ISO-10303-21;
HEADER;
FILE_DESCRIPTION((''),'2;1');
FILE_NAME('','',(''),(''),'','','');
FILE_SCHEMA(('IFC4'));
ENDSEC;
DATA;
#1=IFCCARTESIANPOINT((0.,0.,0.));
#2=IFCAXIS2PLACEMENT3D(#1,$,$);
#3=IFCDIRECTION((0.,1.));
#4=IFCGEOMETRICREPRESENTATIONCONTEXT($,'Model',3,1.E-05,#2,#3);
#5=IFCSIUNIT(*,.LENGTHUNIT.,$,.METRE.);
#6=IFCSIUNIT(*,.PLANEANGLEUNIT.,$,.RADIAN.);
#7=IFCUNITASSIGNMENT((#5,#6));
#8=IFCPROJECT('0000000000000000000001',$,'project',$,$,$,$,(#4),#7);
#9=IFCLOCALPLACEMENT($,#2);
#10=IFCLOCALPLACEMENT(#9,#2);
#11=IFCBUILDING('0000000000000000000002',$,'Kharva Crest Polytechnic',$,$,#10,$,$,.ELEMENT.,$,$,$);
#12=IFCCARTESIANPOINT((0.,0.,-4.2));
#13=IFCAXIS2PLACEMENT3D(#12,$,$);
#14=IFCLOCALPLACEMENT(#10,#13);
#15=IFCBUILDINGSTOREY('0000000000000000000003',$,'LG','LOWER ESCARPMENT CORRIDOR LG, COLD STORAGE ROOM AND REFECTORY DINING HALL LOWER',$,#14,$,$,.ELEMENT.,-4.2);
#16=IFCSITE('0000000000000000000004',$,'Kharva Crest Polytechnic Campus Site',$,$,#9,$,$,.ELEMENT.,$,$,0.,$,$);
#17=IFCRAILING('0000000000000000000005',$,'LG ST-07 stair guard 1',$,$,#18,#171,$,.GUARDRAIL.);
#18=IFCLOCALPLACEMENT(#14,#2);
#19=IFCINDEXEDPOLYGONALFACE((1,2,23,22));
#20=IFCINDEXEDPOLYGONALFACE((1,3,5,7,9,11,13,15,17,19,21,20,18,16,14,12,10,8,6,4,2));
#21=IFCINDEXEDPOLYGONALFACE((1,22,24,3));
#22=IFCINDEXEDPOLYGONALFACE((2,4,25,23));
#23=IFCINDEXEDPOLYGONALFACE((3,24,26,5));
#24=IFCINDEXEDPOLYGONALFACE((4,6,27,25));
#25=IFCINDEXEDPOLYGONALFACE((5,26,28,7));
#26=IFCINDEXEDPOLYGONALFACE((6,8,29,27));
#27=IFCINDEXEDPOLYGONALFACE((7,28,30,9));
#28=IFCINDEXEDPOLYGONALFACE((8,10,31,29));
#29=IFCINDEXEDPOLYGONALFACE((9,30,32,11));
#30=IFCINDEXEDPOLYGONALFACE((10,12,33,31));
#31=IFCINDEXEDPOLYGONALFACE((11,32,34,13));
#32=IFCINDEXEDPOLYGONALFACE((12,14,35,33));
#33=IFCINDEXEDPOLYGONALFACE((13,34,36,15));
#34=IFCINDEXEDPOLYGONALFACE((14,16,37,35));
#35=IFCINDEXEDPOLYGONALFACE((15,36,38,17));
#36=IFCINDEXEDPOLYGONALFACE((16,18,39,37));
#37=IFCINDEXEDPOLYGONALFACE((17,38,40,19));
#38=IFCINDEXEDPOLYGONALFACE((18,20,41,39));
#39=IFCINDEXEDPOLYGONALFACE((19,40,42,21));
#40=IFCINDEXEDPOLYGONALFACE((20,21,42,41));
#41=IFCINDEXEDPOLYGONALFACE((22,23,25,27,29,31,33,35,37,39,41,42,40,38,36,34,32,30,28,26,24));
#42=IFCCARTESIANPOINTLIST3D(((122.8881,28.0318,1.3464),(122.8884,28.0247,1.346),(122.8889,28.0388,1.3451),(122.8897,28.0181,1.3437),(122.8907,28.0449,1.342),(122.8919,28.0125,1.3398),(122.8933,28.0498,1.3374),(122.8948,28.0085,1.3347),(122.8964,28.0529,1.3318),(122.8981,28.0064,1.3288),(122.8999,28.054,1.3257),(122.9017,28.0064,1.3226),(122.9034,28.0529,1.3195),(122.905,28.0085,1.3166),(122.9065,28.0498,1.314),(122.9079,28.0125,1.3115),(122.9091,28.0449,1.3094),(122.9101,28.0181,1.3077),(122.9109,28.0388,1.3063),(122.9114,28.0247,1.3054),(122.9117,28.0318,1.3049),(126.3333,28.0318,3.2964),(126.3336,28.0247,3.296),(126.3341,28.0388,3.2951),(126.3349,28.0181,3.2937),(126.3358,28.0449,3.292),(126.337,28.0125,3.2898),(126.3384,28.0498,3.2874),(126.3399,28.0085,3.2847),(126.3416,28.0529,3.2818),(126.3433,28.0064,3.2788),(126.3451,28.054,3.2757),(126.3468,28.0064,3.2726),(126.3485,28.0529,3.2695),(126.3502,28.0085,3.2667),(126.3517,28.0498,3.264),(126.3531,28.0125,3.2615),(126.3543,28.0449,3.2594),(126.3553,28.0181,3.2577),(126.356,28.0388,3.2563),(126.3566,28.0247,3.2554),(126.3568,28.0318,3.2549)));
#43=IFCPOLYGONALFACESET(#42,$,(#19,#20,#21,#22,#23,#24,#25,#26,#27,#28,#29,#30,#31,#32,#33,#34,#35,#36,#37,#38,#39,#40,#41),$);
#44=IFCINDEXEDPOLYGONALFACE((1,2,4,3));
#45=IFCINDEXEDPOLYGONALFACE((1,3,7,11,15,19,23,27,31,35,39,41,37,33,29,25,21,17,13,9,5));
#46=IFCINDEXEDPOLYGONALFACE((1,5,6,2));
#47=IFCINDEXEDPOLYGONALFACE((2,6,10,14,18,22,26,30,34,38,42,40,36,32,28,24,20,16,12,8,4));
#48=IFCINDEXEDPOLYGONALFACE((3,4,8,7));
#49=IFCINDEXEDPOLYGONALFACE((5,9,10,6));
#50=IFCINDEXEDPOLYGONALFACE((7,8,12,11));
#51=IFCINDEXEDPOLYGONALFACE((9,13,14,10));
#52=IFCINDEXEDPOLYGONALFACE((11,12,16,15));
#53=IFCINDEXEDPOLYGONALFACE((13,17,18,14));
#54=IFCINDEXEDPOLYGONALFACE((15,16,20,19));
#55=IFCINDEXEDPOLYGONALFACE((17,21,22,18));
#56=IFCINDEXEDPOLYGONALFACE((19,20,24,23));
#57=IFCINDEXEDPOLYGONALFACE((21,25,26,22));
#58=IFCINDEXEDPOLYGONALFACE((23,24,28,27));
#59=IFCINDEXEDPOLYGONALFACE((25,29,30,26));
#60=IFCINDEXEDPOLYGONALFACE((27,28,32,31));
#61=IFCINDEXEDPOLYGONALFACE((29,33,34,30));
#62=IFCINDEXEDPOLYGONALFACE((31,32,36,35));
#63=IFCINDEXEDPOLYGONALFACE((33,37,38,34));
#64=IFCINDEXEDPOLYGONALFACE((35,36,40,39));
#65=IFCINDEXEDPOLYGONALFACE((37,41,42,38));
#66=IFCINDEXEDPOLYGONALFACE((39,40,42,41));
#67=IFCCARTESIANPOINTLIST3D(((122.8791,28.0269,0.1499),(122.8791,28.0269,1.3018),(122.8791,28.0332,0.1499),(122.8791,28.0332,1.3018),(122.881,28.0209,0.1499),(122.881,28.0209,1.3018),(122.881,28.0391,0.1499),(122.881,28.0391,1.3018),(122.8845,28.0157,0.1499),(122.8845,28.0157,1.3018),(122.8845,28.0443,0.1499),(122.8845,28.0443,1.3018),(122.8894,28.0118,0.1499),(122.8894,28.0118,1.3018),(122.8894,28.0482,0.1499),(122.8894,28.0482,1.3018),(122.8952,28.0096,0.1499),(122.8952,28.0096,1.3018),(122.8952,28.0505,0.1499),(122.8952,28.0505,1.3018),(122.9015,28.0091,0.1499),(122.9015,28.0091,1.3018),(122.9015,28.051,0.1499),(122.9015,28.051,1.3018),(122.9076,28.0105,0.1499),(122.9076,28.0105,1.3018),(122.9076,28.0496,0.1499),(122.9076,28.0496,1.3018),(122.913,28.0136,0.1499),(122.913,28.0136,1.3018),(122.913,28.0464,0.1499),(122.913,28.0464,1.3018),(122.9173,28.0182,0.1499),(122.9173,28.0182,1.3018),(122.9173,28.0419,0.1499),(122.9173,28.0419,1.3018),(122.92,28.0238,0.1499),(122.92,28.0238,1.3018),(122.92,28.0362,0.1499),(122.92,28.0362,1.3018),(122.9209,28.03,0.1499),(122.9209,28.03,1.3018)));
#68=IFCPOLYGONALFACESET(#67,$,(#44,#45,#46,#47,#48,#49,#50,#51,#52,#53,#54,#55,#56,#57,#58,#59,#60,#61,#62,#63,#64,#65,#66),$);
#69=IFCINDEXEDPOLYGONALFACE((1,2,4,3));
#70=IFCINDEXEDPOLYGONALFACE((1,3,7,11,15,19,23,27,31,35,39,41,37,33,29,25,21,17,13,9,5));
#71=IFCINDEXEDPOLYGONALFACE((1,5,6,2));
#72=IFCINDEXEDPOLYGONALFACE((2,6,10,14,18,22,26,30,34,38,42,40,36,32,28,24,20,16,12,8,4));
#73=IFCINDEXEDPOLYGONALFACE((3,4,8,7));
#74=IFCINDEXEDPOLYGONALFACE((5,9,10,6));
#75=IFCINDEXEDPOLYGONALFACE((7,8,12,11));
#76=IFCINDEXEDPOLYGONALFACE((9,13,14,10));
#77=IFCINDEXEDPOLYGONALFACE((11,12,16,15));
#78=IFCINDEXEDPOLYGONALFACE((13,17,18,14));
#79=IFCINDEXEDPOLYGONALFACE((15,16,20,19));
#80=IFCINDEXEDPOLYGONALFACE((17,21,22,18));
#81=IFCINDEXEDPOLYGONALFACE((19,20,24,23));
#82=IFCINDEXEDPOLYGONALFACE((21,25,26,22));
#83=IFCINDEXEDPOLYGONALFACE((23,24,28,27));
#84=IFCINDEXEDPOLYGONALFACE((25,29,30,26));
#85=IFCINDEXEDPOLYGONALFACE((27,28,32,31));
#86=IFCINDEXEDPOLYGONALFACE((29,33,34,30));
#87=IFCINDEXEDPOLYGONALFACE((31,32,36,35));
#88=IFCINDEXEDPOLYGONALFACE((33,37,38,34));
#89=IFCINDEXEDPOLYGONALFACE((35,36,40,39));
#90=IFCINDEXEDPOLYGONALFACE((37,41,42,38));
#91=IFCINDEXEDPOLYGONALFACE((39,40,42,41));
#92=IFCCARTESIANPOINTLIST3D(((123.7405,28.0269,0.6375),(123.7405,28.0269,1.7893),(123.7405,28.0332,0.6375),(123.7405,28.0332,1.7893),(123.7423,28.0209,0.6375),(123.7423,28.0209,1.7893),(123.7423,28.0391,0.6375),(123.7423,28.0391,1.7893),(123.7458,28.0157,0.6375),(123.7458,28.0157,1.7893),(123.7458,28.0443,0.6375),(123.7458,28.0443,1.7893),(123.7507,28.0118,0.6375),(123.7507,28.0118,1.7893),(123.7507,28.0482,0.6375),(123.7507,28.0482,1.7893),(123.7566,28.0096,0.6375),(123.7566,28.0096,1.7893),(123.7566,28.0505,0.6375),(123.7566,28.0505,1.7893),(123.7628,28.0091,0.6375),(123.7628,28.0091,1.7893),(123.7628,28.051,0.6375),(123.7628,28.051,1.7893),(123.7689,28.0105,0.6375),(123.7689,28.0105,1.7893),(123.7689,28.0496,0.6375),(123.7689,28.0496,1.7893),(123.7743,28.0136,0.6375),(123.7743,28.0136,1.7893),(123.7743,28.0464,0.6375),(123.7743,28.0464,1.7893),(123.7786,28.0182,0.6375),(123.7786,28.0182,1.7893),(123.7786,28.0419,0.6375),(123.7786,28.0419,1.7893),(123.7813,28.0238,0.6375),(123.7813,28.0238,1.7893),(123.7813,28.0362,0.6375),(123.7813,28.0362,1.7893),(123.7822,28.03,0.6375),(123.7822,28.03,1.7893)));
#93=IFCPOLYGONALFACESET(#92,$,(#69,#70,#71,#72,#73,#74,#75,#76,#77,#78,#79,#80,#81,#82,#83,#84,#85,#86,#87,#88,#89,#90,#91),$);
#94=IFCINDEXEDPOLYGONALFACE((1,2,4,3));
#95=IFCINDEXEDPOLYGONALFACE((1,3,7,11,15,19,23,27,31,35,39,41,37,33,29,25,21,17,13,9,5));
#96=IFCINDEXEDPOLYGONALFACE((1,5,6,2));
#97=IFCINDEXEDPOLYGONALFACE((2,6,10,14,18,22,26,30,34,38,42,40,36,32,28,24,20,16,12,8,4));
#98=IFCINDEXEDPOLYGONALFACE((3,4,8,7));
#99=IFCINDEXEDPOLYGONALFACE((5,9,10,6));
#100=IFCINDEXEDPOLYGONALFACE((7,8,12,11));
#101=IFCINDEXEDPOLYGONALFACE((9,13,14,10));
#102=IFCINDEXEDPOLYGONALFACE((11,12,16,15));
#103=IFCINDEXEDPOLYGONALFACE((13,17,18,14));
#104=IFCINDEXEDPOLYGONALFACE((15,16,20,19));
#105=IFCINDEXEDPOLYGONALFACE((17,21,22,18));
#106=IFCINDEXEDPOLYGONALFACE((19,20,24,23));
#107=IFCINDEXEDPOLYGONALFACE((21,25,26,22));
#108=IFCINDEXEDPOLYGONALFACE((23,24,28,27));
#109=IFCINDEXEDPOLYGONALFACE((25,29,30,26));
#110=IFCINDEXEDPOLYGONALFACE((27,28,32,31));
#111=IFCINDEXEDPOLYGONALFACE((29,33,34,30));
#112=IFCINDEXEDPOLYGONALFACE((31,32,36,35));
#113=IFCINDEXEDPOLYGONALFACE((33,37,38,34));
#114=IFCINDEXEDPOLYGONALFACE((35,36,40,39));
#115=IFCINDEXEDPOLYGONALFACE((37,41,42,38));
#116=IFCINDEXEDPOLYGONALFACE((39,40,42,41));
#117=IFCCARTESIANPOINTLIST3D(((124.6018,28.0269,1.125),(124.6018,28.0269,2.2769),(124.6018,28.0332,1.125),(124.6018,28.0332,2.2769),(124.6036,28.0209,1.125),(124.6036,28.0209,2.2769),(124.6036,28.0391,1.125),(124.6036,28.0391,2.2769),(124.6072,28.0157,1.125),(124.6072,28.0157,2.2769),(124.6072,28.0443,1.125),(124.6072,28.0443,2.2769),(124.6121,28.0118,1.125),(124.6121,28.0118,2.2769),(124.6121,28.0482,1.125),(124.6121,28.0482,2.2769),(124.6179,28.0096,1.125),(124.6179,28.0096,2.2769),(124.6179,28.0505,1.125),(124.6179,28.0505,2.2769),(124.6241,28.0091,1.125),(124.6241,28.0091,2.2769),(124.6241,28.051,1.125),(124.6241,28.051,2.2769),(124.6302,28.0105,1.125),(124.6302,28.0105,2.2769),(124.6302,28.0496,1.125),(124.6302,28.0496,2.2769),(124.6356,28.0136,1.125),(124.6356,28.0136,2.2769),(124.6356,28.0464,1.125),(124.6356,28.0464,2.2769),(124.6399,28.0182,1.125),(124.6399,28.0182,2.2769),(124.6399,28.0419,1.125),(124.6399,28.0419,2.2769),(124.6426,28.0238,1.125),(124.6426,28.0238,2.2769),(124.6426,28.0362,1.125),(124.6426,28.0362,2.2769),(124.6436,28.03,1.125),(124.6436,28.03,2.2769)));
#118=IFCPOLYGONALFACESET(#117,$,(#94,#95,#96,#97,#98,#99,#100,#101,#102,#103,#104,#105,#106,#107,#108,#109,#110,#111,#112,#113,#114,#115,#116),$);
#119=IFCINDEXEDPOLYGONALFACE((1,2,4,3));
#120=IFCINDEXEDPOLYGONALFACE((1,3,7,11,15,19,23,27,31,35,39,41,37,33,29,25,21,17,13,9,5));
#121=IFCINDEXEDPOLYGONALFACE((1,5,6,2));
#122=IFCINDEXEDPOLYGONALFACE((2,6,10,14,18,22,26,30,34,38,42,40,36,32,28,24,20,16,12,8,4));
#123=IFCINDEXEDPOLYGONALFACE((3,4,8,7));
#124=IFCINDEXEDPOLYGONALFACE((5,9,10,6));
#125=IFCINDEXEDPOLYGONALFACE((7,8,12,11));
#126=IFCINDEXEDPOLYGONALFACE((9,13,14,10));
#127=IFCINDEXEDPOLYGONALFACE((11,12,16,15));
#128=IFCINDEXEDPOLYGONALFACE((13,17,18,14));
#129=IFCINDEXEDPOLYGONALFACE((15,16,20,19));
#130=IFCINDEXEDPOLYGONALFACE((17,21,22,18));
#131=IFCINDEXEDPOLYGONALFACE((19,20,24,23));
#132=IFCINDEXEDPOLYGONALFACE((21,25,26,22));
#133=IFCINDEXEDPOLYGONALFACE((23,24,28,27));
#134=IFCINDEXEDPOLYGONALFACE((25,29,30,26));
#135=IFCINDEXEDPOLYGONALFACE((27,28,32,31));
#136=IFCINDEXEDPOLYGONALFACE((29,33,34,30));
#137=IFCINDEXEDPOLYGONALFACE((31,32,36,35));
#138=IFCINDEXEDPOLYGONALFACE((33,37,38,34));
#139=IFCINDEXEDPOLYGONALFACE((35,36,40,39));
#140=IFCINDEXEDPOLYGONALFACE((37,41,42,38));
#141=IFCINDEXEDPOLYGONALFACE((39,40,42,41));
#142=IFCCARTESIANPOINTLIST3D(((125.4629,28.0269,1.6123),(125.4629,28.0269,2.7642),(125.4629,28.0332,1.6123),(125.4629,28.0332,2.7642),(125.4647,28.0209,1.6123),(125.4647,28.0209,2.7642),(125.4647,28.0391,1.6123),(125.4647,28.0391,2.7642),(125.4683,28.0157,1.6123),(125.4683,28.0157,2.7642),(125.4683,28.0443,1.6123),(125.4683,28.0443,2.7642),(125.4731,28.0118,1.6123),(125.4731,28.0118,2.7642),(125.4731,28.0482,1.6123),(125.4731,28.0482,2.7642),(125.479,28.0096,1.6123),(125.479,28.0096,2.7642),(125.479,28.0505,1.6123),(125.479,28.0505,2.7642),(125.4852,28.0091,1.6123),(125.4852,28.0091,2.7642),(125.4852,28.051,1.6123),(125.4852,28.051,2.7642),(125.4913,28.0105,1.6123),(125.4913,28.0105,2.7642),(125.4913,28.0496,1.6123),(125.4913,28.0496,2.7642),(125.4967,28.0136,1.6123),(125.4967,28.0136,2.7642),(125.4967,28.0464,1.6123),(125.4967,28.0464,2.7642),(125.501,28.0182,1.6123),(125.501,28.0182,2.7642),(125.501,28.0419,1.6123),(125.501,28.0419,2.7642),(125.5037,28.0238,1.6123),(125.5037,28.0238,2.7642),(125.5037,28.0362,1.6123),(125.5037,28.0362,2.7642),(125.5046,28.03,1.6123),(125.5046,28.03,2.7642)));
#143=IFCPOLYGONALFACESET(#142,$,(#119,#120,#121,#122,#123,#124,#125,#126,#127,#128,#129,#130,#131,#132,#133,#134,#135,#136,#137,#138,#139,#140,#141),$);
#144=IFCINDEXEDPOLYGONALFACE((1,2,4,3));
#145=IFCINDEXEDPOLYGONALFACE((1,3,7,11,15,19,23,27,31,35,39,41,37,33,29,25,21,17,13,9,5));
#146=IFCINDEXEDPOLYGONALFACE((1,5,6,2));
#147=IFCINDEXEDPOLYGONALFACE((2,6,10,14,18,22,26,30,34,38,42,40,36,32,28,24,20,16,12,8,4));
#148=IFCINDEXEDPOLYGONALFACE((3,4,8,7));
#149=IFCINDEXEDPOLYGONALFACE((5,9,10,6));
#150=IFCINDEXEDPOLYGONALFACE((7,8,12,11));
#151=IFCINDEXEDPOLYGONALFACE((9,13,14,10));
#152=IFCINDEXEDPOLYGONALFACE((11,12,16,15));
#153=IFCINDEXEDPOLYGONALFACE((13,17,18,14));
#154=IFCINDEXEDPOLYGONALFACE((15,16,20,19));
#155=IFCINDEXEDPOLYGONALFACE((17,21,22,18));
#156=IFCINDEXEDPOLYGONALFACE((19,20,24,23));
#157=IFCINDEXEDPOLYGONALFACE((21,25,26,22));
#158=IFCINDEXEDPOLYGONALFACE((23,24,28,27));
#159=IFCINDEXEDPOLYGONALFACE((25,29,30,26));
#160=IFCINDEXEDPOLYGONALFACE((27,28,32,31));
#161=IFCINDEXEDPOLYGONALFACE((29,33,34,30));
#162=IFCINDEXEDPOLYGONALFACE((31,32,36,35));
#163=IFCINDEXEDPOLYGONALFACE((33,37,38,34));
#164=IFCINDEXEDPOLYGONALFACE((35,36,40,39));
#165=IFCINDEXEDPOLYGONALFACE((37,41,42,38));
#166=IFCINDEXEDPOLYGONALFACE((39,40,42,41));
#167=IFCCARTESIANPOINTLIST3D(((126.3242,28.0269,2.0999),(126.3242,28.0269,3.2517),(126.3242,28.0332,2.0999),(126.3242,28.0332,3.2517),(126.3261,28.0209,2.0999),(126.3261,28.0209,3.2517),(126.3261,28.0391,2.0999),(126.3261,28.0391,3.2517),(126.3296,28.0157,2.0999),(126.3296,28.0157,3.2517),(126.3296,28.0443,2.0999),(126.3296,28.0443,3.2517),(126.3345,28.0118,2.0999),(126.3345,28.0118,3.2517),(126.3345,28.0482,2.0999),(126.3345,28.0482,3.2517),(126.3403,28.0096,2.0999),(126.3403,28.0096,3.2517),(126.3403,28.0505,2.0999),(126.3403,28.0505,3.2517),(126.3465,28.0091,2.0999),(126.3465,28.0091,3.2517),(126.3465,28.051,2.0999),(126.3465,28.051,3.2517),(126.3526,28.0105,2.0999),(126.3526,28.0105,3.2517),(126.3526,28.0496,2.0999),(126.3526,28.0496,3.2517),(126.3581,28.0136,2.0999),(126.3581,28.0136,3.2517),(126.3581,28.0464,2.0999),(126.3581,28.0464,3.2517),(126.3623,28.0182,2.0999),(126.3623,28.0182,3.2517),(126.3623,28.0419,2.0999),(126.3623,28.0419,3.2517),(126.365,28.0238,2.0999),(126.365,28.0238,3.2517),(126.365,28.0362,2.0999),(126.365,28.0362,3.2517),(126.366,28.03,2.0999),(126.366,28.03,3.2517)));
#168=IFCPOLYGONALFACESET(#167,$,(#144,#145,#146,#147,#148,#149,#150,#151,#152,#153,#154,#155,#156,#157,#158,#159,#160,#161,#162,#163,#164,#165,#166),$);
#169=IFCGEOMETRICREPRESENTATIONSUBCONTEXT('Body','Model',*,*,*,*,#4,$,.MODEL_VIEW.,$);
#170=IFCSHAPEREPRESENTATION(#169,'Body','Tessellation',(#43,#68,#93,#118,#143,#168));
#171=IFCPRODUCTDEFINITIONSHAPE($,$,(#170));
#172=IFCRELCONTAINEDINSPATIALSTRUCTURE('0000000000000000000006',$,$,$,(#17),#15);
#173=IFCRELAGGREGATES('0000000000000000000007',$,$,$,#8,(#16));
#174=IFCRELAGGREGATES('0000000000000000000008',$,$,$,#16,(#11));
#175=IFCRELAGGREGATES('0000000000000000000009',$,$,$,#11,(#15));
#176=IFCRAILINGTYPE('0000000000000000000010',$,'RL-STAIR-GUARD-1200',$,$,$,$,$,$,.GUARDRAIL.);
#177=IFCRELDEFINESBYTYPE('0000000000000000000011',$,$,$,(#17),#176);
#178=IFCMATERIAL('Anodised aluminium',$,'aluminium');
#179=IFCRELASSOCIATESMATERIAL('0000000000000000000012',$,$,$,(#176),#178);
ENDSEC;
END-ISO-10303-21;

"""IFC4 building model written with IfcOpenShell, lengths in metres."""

from ifc_helpers import new_model, si_unit, direction, frame, origin, origin_2d, place, context, subcontext, project, spatial, circle, extrude, material, type_object, element, save


model = new_model("IFC4")

# Units and contexts
model_context = context("Model", 3, precision=1e-05, world=origin(), true_north=direction((0.0, 1.0)))
body_context = subcontext(model_context, "Body", "Model", "MODEL_VIEW")
ifc_project = project(units=[si_unit("LENGTHUNIT", "METRE"), si_unit("PLANEANGLEUNIT", "RADIAN")], contexts=[model_context])

# Site, building, storey
site_placement = place(None, origin())
site = spatial("IfcSite", under=ifc_project, at=site_placement, Name="Kharva Crest Polytechnic Campus Site", CompositionType="ELEMENT", RefElevation=0.0)
building_placement = place(site_placement, origin())
building = spatial("IfcBuilding", under=site, at=building_placement, Name="Kharva Crest Polytechnic", CompositionType="ELEMENT")
storey_placement = place(building_placement, frame((0.0, 0.0, -4.2)))
storey = spatial("IfcBuildingStorey", under=building, at=storey_placement, Name="LG", Description="LOWER ESCARPMENT CORRIDOR LG, COLD STORAGE ROOM AND REFECTORY DINING HALL LOWER", CompositionType="ELEMENT", Elevation=-4.2)

# Railing
ifc_material_1 = material(Name="Anodised aluminium", Category="aluminium")
railing_type_1 = type_object("IfcRailingType", Name="RL-STAIR-GUARD-1200", PredefinedType="GUARDRAIL", material=ifc_material_1)
railing_1_placement = place(storey_placement, frame((122.8999, 28.03, 0.1499)))
element("IfcRailing", 1, at=railing_1_placement, inside=storey, type_object=railing_type_1, Name="LG ST-07 stair guard 1", PredefinedType="GUARDRAIL", context=body_context, shape_type="SweptSolid", body=[
    extrude(circle(Radius=0.0239, at=origin_2d()), frame((0.0, 0.0, 1.1758), z_axis=(0.870266, 0.0, 0.492581), x_axis=(0.0, 1.0, 0.0)), (0.0, 0.0, 1.0), 3.9587),
    extrude(circle(Radius=0.021, at=origin_2d()), origin(), (0.0, 0.0, 1.0), 1.1519),
    extrude(circle(Radius=0.021, at=origin_2d()), frame((0.8613, 0.0, 0.4875)), (0.0, 0.0, 1.0), 1.1519),
    extrude(circle(Radius=0.021, at=origin_2d()), frame((1.7227, 0.0, 0.9751)), (0.0, 0.0, 1.0), 1.1519),
    extrude(circle(Radius=0.021, at=origin_2d()), frame((2.5837, 0.0, 1.4624)), (0.0, 0.0, 1.0), 1.1519),
    extrude(circle(Radius=0.021, at=origin_2d()), frame((3.4451, 0.0, 1.95)), (0.0, 0.0, 1.0), 1.1519),
])

save(model, "model.ifc")
